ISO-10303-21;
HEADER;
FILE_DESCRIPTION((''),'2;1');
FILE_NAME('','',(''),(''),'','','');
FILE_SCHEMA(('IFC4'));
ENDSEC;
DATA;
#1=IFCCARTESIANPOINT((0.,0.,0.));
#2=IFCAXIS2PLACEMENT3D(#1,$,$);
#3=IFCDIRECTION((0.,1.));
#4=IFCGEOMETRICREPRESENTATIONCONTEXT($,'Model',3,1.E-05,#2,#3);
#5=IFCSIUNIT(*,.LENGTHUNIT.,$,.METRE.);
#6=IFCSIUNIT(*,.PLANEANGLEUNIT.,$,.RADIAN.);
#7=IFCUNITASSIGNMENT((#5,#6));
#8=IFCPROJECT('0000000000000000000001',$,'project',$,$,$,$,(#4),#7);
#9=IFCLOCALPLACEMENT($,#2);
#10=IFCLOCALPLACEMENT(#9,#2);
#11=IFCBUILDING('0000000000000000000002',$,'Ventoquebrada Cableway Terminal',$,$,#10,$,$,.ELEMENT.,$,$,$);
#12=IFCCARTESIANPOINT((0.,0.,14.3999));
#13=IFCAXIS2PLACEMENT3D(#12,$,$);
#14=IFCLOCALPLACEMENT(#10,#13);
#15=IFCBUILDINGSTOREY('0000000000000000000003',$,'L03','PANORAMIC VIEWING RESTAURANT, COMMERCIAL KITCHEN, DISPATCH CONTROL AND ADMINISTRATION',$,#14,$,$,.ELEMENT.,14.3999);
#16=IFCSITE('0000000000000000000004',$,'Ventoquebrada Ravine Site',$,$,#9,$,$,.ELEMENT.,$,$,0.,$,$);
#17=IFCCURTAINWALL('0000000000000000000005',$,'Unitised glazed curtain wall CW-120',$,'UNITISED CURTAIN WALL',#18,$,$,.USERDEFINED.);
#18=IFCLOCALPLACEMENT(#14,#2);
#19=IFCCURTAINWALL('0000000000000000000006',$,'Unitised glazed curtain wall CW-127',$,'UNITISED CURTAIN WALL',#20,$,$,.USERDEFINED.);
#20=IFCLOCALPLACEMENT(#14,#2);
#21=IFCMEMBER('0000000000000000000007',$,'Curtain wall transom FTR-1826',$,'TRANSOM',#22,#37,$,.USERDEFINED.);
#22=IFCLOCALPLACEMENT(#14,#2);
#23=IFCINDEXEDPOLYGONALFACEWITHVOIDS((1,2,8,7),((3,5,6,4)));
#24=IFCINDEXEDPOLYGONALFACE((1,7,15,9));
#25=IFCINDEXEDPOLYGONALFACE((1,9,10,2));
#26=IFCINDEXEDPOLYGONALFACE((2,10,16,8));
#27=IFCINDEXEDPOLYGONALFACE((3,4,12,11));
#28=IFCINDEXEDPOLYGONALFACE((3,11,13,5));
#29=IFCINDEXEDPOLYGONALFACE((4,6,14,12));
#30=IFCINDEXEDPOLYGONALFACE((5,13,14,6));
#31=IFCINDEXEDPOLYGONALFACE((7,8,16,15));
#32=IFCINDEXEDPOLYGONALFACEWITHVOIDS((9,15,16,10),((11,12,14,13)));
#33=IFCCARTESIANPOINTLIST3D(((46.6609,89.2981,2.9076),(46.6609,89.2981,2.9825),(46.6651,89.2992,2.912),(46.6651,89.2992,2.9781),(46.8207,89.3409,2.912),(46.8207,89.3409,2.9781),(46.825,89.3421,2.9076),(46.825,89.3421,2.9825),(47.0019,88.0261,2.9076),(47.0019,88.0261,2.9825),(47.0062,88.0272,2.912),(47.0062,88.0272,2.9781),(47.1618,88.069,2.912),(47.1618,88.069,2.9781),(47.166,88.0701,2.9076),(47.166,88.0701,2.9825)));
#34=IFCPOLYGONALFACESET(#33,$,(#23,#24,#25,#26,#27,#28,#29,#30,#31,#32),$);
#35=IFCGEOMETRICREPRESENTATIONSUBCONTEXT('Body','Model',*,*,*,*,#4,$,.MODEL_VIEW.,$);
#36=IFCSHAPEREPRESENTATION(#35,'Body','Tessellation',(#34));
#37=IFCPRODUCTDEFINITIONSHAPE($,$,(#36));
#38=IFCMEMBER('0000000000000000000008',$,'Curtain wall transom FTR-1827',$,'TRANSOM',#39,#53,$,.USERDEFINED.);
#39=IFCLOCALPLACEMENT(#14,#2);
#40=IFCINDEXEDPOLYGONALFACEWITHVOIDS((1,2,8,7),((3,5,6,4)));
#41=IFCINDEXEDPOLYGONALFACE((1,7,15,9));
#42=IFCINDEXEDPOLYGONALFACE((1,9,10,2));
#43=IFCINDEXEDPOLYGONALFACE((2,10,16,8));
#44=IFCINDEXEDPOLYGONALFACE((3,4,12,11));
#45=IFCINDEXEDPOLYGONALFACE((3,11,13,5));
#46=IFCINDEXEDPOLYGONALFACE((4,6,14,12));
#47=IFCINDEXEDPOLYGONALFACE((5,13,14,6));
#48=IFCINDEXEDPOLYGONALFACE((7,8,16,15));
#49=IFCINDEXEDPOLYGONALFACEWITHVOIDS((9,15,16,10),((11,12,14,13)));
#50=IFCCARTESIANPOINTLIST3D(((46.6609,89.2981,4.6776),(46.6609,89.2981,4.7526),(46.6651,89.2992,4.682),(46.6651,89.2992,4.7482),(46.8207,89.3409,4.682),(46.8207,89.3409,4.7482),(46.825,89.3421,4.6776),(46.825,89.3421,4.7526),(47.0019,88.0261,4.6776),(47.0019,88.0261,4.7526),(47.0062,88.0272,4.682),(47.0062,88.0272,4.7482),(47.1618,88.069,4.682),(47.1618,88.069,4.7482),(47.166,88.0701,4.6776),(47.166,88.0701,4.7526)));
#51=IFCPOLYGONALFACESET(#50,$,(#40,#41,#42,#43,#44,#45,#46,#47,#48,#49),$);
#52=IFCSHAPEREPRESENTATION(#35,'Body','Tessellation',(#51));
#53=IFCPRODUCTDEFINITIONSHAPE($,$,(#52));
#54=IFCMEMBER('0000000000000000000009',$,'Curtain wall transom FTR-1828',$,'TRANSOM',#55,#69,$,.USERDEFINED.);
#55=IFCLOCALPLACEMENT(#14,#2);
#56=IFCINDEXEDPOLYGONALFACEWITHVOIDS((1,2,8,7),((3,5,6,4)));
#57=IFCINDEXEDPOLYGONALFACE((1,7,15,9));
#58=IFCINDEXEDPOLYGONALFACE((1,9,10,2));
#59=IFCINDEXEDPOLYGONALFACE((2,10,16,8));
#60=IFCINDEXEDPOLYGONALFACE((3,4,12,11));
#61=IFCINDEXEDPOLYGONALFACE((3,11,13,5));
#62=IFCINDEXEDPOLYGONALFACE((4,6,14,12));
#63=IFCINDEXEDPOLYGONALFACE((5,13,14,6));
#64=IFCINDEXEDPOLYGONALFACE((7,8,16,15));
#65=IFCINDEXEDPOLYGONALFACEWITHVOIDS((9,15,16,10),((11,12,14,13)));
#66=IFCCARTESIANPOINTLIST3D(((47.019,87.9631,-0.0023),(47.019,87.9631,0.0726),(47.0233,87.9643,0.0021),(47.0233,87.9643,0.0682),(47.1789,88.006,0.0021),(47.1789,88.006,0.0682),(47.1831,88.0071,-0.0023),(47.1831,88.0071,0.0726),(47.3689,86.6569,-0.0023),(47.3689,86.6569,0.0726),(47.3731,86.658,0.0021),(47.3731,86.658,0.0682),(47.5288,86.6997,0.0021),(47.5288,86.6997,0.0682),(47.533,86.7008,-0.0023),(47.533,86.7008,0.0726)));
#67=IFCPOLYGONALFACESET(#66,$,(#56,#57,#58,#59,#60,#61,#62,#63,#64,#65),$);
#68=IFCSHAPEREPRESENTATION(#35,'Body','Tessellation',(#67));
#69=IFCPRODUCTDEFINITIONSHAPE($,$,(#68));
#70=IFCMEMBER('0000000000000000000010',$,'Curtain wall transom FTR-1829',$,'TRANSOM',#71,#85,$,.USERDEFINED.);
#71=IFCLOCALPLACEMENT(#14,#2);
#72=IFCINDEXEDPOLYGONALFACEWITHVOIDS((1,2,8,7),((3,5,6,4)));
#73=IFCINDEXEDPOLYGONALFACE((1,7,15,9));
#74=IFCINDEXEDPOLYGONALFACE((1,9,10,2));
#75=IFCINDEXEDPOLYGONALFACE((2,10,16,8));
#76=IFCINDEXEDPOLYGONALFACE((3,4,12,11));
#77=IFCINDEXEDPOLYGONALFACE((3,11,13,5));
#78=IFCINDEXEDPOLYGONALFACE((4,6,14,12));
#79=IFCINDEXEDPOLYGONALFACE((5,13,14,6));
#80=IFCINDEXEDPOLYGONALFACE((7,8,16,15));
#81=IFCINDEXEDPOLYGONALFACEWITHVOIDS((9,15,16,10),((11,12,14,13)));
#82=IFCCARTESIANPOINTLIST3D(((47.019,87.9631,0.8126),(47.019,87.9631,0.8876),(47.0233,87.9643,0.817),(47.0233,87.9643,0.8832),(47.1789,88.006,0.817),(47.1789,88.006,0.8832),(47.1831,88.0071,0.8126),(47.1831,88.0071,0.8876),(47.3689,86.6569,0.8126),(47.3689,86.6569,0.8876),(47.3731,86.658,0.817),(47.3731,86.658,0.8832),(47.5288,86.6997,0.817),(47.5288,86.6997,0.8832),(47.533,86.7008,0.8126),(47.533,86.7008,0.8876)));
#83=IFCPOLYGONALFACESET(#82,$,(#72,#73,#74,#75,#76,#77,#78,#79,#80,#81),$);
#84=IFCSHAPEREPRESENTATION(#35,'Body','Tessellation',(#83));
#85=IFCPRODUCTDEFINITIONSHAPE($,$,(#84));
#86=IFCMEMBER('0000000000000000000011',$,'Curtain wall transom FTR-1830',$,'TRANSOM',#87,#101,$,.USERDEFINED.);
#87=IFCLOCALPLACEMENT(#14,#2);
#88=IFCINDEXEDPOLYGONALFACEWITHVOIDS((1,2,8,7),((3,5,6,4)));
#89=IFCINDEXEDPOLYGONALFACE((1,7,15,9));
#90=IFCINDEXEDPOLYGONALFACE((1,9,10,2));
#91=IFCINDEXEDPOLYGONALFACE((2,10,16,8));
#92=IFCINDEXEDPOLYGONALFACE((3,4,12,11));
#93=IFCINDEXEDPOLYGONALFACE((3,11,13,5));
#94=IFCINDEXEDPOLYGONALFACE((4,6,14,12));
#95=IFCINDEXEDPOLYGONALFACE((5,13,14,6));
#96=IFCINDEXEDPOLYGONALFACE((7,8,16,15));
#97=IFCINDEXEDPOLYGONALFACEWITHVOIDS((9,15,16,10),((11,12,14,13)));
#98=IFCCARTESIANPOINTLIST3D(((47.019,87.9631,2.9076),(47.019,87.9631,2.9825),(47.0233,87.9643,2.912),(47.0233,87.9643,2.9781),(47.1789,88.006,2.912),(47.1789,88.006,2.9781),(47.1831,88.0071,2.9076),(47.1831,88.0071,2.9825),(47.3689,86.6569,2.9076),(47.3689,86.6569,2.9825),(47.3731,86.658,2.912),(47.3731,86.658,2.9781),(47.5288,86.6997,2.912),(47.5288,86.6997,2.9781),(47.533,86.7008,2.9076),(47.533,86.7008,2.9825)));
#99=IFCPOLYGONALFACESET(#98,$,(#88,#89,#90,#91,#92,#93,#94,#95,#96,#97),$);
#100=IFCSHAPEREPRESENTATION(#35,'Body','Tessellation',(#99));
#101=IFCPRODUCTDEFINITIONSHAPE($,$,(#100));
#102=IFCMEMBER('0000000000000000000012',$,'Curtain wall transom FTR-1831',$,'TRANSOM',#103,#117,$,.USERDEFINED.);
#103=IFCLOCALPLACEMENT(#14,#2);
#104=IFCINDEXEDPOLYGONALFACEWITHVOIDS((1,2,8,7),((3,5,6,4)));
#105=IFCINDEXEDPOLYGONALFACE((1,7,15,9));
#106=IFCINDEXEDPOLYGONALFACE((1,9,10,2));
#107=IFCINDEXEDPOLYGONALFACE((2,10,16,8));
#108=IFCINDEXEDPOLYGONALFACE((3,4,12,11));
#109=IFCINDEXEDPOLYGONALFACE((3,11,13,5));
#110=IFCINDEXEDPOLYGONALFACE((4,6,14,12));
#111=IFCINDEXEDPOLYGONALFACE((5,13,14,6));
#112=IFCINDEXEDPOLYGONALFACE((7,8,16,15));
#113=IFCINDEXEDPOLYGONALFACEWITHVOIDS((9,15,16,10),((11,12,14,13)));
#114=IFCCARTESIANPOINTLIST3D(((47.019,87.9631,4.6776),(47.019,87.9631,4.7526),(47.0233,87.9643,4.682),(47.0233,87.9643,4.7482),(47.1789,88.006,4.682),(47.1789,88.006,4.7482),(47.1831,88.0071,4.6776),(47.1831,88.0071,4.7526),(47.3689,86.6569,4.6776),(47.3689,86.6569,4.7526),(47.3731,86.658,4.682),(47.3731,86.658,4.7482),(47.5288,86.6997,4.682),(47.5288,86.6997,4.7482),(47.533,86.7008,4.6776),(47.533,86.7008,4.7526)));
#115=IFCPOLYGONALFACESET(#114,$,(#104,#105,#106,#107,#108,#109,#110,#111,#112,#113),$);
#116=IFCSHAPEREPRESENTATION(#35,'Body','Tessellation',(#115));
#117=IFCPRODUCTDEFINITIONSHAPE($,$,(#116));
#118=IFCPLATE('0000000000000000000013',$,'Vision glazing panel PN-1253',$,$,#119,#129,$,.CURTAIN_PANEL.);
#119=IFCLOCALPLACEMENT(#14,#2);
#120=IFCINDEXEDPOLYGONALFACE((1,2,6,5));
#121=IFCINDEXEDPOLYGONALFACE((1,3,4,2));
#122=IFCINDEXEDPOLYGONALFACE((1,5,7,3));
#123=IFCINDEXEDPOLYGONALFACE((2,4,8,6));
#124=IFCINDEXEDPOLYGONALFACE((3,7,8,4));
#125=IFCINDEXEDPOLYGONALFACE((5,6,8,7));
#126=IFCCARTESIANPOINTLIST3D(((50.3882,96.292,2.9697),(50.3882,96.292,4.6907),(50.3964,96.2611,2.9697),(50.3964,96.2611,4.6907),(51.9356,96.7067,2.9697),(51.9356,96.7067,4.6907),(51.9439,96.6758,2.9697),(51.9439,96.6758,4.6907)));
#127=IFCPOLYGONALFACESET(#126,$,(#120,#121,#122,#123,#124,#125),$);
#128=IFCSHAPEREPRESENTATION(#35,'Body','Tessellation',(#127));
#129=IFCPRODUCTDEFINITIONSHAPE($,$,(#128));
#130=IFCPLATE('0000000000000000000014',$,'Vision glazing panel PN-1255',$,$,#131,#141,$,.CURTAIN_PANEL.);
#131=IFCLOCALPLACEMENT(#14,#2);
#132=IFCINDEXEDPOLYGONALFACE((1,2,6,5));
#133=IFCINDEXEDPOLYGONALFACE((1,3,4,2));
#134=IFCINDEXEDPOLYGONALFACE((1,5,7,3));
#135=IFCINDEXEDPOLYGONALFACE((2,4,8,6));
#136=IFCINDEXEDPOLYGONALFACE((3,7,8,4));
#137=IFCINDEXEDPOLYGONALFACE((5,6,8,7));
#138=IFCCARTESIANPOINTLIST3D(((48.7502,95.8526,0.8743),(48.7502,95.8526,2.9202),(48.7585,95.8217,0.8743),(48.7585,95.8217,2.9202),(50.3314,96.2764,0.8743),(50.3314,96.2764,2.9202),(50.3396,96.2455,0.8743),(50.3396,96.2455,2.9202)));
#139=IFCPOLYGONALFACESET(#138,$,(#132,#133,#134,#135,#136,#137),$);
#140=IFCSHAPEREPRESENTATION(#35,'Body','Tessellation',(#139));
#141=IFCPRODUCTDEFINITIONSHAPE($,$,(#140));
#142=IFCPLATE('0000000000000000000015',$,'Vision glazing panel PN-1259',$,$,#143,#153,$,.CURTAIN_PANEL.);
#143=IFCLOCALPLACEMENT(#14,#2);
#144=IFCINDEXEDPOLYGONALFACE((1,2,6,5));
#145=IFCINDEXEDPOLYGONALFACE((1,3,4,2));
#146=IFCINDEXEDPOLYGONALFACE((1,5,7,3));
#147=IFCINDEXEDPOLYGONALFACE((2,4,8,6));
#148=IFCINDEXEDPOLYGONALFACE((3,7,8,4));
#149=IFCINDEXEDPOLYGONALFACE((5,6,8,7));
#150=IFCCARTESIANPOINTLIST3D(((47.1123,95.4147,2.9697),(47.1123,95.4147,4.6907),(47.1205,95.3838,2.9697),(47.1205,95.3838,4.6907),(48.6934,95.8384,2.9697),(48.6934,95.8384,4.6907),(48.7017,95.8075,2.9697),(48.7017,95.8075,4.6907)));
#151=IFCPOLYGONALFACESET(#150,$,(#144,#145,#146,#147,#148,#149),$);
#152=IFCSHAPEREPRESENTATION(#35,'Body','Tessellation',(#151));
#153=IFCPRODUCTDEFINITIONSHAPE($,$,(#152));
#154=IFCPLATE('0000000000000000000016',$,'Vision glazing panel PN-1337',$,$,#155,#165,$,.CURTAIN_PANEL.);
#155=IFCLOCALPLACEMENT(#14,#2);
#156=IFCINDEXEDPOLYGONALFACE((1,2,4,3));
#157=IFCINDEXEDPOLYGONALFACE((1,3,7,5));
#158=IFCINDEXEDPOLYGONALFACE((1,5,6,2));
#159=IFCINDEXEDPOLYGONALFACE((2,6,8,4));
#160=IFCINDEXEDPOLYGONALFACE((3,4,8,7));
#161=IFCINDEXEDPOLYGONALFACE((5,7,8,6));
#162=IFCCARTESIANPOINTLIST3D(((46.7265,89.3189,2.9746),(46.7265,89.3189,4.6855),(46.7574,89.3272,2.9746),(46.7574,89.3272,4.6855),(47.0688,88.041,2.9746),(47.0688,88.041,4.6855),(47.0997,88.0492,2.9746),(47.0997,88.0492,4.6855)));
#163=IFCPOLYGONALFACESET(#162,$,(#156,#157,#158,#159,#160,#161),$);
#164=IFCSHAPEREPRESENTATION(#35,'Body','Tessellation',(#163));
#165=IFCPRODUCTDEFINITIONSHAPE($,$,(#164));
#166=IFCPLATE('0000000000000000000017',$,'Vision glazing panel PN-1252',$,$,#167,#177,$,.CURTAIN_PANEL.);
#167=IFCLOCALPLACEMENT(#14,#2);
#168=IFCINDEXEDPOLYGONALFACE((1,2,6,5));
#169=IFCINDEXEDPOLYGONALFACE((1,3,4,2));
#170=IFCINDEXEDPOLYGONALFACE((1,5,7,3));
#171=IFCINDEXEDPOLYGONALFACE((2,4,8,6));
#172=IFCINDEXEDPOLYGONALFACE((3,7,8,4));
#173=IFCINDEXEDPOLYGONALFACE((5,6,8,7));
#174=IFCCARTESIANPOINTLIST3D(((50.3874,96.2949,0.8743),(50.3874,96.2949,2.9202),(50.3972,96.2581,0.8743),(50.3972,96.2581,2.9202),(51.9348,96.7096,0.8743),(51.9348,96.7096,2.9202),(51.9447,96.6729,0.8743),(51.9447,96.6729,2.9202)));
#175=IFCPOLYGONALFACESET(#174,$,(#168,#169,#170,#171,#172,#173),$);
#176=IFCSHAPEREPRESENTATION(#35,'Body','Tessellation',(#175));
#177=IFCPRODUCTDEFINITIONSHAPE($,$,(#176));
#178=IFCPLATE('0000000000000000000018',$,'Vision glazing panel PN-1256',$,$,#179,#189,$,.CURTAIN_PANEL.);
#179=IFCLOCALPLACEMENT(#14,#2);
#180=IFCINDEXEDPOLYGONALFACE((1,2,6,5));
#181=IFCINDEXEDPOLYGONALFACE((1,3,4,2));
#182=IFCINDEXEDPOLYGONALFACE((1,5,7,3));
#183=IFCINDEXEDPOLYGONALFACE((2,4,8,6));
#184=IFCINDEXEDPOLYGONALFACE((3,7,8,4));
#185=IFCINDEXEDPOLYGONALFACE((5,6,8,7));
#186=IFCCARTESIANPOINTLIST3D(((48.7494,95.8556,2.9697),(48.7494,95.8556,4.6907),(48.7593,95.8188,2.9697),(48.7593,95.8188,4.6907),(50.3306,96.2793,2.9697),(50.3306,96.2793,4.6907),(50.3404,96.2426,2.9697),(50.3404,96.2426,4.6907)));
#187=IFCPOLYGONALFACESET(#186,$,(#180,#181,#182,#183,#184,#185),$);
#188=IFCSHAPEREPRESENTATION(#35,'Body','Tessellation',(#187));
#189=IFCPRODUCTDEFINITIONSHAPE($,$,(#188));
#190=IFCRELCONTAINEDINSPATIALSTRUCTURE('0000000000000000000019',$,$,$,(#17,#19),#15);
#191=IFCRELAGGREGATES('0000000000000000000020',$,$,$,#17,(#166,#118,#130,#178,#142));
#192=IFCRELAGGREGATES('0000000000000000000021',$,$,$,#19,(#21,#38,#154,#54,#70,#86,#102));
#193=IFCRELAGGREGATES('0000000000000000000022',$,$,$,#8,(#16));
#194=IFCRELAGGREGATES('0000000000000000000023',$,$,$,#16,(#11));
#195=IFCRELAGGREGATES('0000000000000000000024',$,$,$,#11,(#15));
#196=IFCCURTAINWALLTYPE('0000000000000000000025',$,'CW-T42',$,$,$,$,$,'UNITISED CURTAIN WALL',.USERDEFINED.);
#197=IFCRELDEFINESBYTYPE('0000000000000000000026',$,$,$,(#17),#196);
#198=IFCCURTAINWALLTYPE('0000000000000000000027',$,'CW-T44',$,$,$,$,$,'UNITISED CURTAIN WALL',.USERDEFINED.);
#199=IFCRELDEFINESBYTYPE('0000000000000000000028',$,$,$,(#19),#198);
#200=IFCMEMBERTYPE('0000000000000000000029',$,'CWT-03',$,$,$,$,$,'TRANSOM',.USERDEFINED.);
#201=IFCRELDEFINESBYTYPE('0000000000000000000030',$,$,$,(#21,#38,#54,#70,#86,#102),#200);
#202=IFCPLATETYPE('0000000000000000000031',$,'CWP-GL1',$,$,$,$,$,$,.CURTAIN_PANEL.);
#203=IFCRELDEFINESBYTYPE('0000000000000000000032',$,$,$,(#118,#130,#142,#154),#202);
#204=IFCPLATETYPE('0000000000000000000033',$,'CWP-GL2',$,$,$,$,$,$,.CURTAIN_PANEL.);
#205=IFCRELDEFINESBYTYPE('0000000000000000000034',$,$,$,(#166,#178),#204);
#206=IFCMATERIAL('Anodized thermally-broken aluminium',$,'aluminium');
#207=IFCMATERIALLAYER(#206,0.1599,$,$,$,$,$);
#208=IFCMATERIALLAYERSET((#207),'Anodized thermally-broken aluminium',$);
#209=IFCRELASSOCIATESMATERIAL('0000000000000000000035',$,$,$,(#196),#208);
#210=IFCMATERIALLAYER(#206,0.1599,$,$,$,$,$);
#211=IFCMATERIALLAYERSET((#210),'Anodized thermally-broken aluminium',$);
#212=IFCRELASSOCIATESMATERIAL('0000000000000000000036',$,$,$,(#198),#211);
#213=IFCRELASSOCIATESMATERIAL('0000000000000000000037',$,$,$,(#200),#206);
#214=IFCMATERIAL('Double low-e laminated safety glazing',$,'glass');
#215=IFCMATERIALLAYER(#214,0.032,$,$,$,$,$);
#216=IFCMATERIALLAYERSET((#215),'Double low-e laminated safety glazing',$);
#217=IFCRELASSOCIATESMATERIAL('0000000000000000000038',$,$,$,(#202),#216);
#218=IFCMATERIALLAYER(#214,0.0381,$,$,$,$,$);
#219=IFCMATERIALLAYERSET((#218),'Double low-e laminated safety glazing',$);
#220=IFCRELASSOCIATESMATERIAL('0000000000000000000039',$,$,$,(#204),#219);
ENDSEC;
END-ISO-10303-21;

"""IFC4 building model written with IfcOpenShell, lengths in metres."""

from ifc_helpers import new_model, si_unit, direction, frame, origin, origin_2d, place, context, subcontext, project, spatial, rectangle, hollow_rectangle, extrude, material, layer, layer_set, material_profile, profile_set, type_object, element, aggregate, save


model = new_model("IFC4")

# Units and contexts
model_context = context("Model", 3, precision=1e-05, world=origin(), true_north=direction((0.0, 1.0)))
body_context = subcontext(model_context, "Body", "Model", "MODEL_VIEW")
ifc_project = project(units=[si_unit("LENGTHUNIT", "METRE"), si_unit("PLANEANGLEUNIT", "RADIAN")], contexts=[model_context])

# Site, building, storey
site_placement = place(None, origin())
site = spatial("IfcSite", under=ifc_project, at=site_placement, Name="Ventoquebrada Ravine Site", CompositionType="ELEMENT", RefElevation=0.0)
building_placement = place(site_placement, origin())
building = spatial("IfcBuilding", under=site, at=building_placement, Name="Ventoquebrada Cableway Terminal", CompositionType="ELEMENT")
storey_placement = place(building_placement, frame((0.0, 0.0, 14.3999)))
storey = spatial("IfcBuildingStorey", under=building, at=storey_placement, Name="L03", Description="PANORAMIC VIEWING RESTAURANT, COMMERCIAL KITCHEN, DISPATCH CONTROL AND ADMINISTRATION", CompositionType="ELEMENT", Elevation=14.3999)

# Curtain wall
ifc_material_1 = material(Name="Anodized thermally-broken aluminium", Category="aluminium")
ifc_layer_1 = layer(ifc_material_1, 0.1599)
ifc_layer_set_1 = layer_set([ifc_layer_1], Name="Anodized thermally-broken aluminium")
curtain_wall_type_1 = type_object("IfcCurtainWallType", Name="CW-T42", ElementType="UNITISED CURTAIN WALL", PredefinedType="USERDEFINED", material=ifc_layer_set_1)
curtain_wall_1_placement = place(storey_placement, origin())
curtain_wall_1 = element("IfcCurtainWall", 1, at=curtain_wall_1_placement, inside=storey, type_object=curtain_wall_type_1, Name="Unitised glazed curtain wall CW-120", ObjectType="UNITISED CURTAIN WALL", PredefinedType="USERDEFINED")

# Curtain wall
ifc_layer_2 = layer(ifc_material_1, 0.1599)
ifc_layer_set_2 = layer_set([ifc_layer_2], Name="Anodized thermally-broken aluminium")
curtain_wall_type_2 = type_object("IfcCurtainWallType", Name="CW-T44", ElementType="UNITISED CURTAIN WALL", PredefinedType="USERDEFINED", material=ifc_layer_set_2)
curtain_wall_2_placement = place(storey_placement, origin())
curtain_wall_2 = element("IfcCurtainWall", 2, at=curtain_wall_2_placement, inside=storey, type_object=curtain_wall_type_2, Name="Unitised glazed curtain wall CW-127", ObjectType="UNITISED CURTAIN WALL", PredefinedType="USERDEFINED")

# Members
ifc_material_profile_1 = material_profile(ifc_material_1, hollow_rectangle(XDim=0.075, YDim=0.1699, WallThickness=0.0044, at=origin_2d()), Name="CW-TRN-75X170")
ifc_profile_set_1 = profile_set([ifc_material_profile_1], Name="Anodized thermally-broken aluminium")
member_type_1 = type_object("IfcMemberType", Name="CWT-03", ElementType="TRANSOM", PredefinedType="USERDEFINED", material=ifc_profile_set_1)
member_1_placement = place(storey_placement, frame((46.7429, 89.3201, 2.9451), z_axis=(0.258989, -0.96588, 0.0), x_axis=(0.0, 0.0, 1.0)))
member_1 = element("IfcMember", 3, at=member_1_placement, type_object=member_type_1, Name="Curtain wall transom FTR-1826", ObjectType="TRANSOM", PredefinedType="USERDEFINED", context=body_context, shape_type="SweptSolid", body=[
    extrude(hollow_rectangle(XDim=0.075, YDim=0.1699, WallThickness=0.0044, at=origin_2d()), origin(), (0.0, 0.0, 1.0), 1.3169),
])
member_2_placement = place(storey_placement, frame((46.7429, 89.3201, 4.7151), z_axis=(0.258989, -0.96588, 0.0), x_axis=(0.0, 0.0, 1.0)))
member_2 = element("IfcMember", 4, at=member_2_placement, type_object=member_type_1, Name="Curtain wall transom FTR-1827", ObjectType="TRANSOM", PredefinedType="USERDEFINED", context=body_context, shape_type="SweptSolid", body=[
    extrude(hollow_rectangle(XDim=0.075, YDim=0.1699, WallThickness=0.0044, at=origin_2d()), origin(), (0.0, 0.0, 1.0), 1.3169),
])
member_3_placement = place(storey_placement, frame((47.1011, 87.9851, 0.0352), z_axis=(0.25873, -0.96595, 0.0), x_axis=(0.0, 0.0, 1.0)))
member_3 = element("IfcMember", 5, at=member_3_placement, type_object=member_type_1, Name="Curtain wall transom FTR-1828", ObjectType="TRANSOM", PredefinedType="USERDEFINED", context=body_context, shape_type="SweptSolid", body=[
    extrude(hollow_rectangle(XDim=0.075, YDim=0.1699, WallThickness=0.0044, at=origin_2d()), origin(), (0.0, 0.0, 1.0), 1.3523),
])
member_4_placement = place(storey_placement, frame((47.1011, 87.9851, 0.8501), z_axis=(0.25873, -0.96595, 0.0), x_axis=(0.0, 0.0, 1.0)))
member_4 = element("IfcMember", 6, at=member_4_placement, type_object=member_type_1, Name="Curtain wall transom FTR-1829", ObjectType="TRANSOM", PredefinedType="USERDEFINED", context=body_context, shape_type="SweptSolid", body=[
    extrude(hollow_rectangle(XDim=0.075, YDim=0.1699, WallThickness=0.0044, at=origin_2d()), origin(), (0.0, 0.0, 1.0), 1.3523),
])
member_5_placement = place(storey_placement, frame((47.1011, 87.9851, 2.9451), z_axis=(0.25873, -0.96595, 0.0), x_axis=(0.0, 0.0, 1.0)))
member_5 = element("IfcMember", 7, at=member_5_placement, type_object=member_type_1, Name="Curtain wall transom FTR-1830", ObjectType="TRANSOM", PredefinedType="USERDEFINED", context=body_context, shape_type="SweptSolid", body=[
    extrude(hollow_rectangle(XDim=0.075, YDim=0.1699, WallThickness=0.0044, at=origin_2d()), origin(), (0.0, 0.0, 1.0), 1.3523),
])
member_6_placement = place(storey_placement, frame((47.1011, 87.9851, 4.7151), z_axis=(0.25873, -0.96595, 0.0), x_axis=(0.0, 0.0, 1.0)))
member_6 = element("IfcMember", 8, at=member_6_placement, type_object=member_type_1, Name="Curtain wall transom FTR-1831", ObjectType="TRANSOM", PredefinedType="USERDEFINED", context=body_context, shape_type="SweptSolid", body=[
    extrude(hollow_rectangle(XDim=0.075, YDim=0.1699, WallThickness=0.0044, at=origin_2d()), origin(), (0.0, 0.0, 1.0), 1.3523),
])

# Plates
ifc_material_2 = material(Name="Double low-e laminated safety glazing", Category="glass")
ifc_layer_3 = layer(ifc_material_2, 0.032)
ifc_layer_set_3 = layer_set([ifc_layer_3], Name="Double low-e laminated safety glazing")
plate_type_1 = type_object("IfcPlateType", Name="CWP-GL1", PredefinedType="CURTAIN_PANEL", material=ifc_layer_set_3)
plate_1_placement = place(storey_placement, frame((51.166, 96.4839, 2.9697), z_axis=(0.0, 0.0, 1.0), x_axis=(-0.965912, -0.25887, 0.0)))
plate_1 = element("IfcPlate", 9, at=plate_1_placement, type_object=plate_type_1, Name="Vision glazing panel PN-1253", PredefinedType="CURTAIN_PANEL", context=body_context, shape_type="SweptSolid", body=[
    extrude(rectangle(XDim=1.6021, YDim=0.032, at=origin_2d()), origin(), (0.0, 0.0, 1.0), 1.7209),
])
plate_2_placement = place(storey_placement, frame((49.5449, 96.0491, 0.8743), z_axis=(0.0, 0.0, 1.0), x_axis=(-0.965912, -0.25887, 0.0)))
plate_2 = element("IfcPlate", 10, at=plate_2_placement, type_object=plate_type_1, Name="Vision glazing panel PN-1255", PredefinedType="CURTAIN_PANEL", context=body_context, shape_type="SweptSolid", body=[
    extrude(rectangle(XDim=1.637, YDim=0.032, at=origin_2d()), origin(), (0.0, 0.0, 1.0), 2.0459),
])
plate_3_placement = place(storey_placement, frame((47.907, 95.6111, 2.9697), z_axis=(0.0, 0.0, 1.0), x_axis=(-0.965912, -0.25887, 0.0)))
plate_3 = element("IfcPlate", 11, at=plate_3_placement, type_object=plate_type_1, Name="Vision glazing panel PN-1259", PredefinedType="CURTAIN_PANEL", context=body_context, shape_type="SweptSolid", body=[
    extrude(rectangle(XDim=1.637, YDim=0.032, at=origin_2d()), origin(), (0.0, 0.0, 1.0), 1.7209),
])
plate_4_placement = place(storey_placement, frame((46.9131, 88.6841, 2.9746), z_axis=(0.0, 0.0, 1.0), x_axis=(0.258735, -0.965948, 0.0)))
plate_4 = element("IfcPlate", 12, at=plate_4_placement, type_object=plate_type_1, Name="Vision glazing panel PN-1337", PredefinedType="CURTAIN_PANEL", context=body_context, shape_type="SweptSolid", body=[
    extrude(rectangle(XDim=1.323, YDim=0.032, at=origin_2d()), origin(), (0.0, 0.0, 1.0), 1.7109),
])
ifc_layer_4 = layer(ifc_material_2, 0.0381)
ifc_layer_set_4 = layer_set([ifc_layer_4], Name="Double low-e laminated safety glazing")
plate_type_2 = type_object("IfcPlateType", Name="CWP-GL2", PredefinedType="CURTAIN_PANEL", material=ifc_layer_set_4)
plate_5_placement = place(storey_placement, frame((51.166, 96.4839, 0.8743), z_axis=(0.0, 0.0, 1.0), x_axis=(-0.965912, -0.25887, 0.0)))
plate_5 = element("IfcPlate", 13, at=plate_5_placement, type_object=plate_type_2, Name="Vision glazing panel PN-1252", PredefinedType="CURTAIN_PANEL", context=body_context, shape_type="SweptSolid", body=[
    extrude(rectangle(XDim=1.6021, YDim=0.0381, at=origin_2d()), origin(), (0.0, 0.0, 1.0), 2.0459),
])
plate_6_placement = place(storey_placement, frame((49.5449, 96.0491, 2.9697), z_axis=(0.0, 0.0, 1.0), x_axis=(-0.965912, -0.25887, 0.0)))
plate_6 = element("IfcPlate", 14, at=plate_6_placement, type_object=plate_type_2, Name="Vision glazing panel PN-1256", PredefinedType="CURTAIN_PANEL", context=body_context, shape_type="SweptSolid", body=[
    extrude(rectangle(XDim=1.637, YDim=0.0381, at=origin_2d()), origin(), (0.0, 0.0, 1.0), 1.7209),
])
aggregate(curtain_wall_1, [plate_5, plate_1, plate_2, plate_6, plate_3])
aggregate(curtain_wall_2, [member_1, member_2, plate_4, member_3, member_4, member_5, member_6])

save(model, "model.ifc")
